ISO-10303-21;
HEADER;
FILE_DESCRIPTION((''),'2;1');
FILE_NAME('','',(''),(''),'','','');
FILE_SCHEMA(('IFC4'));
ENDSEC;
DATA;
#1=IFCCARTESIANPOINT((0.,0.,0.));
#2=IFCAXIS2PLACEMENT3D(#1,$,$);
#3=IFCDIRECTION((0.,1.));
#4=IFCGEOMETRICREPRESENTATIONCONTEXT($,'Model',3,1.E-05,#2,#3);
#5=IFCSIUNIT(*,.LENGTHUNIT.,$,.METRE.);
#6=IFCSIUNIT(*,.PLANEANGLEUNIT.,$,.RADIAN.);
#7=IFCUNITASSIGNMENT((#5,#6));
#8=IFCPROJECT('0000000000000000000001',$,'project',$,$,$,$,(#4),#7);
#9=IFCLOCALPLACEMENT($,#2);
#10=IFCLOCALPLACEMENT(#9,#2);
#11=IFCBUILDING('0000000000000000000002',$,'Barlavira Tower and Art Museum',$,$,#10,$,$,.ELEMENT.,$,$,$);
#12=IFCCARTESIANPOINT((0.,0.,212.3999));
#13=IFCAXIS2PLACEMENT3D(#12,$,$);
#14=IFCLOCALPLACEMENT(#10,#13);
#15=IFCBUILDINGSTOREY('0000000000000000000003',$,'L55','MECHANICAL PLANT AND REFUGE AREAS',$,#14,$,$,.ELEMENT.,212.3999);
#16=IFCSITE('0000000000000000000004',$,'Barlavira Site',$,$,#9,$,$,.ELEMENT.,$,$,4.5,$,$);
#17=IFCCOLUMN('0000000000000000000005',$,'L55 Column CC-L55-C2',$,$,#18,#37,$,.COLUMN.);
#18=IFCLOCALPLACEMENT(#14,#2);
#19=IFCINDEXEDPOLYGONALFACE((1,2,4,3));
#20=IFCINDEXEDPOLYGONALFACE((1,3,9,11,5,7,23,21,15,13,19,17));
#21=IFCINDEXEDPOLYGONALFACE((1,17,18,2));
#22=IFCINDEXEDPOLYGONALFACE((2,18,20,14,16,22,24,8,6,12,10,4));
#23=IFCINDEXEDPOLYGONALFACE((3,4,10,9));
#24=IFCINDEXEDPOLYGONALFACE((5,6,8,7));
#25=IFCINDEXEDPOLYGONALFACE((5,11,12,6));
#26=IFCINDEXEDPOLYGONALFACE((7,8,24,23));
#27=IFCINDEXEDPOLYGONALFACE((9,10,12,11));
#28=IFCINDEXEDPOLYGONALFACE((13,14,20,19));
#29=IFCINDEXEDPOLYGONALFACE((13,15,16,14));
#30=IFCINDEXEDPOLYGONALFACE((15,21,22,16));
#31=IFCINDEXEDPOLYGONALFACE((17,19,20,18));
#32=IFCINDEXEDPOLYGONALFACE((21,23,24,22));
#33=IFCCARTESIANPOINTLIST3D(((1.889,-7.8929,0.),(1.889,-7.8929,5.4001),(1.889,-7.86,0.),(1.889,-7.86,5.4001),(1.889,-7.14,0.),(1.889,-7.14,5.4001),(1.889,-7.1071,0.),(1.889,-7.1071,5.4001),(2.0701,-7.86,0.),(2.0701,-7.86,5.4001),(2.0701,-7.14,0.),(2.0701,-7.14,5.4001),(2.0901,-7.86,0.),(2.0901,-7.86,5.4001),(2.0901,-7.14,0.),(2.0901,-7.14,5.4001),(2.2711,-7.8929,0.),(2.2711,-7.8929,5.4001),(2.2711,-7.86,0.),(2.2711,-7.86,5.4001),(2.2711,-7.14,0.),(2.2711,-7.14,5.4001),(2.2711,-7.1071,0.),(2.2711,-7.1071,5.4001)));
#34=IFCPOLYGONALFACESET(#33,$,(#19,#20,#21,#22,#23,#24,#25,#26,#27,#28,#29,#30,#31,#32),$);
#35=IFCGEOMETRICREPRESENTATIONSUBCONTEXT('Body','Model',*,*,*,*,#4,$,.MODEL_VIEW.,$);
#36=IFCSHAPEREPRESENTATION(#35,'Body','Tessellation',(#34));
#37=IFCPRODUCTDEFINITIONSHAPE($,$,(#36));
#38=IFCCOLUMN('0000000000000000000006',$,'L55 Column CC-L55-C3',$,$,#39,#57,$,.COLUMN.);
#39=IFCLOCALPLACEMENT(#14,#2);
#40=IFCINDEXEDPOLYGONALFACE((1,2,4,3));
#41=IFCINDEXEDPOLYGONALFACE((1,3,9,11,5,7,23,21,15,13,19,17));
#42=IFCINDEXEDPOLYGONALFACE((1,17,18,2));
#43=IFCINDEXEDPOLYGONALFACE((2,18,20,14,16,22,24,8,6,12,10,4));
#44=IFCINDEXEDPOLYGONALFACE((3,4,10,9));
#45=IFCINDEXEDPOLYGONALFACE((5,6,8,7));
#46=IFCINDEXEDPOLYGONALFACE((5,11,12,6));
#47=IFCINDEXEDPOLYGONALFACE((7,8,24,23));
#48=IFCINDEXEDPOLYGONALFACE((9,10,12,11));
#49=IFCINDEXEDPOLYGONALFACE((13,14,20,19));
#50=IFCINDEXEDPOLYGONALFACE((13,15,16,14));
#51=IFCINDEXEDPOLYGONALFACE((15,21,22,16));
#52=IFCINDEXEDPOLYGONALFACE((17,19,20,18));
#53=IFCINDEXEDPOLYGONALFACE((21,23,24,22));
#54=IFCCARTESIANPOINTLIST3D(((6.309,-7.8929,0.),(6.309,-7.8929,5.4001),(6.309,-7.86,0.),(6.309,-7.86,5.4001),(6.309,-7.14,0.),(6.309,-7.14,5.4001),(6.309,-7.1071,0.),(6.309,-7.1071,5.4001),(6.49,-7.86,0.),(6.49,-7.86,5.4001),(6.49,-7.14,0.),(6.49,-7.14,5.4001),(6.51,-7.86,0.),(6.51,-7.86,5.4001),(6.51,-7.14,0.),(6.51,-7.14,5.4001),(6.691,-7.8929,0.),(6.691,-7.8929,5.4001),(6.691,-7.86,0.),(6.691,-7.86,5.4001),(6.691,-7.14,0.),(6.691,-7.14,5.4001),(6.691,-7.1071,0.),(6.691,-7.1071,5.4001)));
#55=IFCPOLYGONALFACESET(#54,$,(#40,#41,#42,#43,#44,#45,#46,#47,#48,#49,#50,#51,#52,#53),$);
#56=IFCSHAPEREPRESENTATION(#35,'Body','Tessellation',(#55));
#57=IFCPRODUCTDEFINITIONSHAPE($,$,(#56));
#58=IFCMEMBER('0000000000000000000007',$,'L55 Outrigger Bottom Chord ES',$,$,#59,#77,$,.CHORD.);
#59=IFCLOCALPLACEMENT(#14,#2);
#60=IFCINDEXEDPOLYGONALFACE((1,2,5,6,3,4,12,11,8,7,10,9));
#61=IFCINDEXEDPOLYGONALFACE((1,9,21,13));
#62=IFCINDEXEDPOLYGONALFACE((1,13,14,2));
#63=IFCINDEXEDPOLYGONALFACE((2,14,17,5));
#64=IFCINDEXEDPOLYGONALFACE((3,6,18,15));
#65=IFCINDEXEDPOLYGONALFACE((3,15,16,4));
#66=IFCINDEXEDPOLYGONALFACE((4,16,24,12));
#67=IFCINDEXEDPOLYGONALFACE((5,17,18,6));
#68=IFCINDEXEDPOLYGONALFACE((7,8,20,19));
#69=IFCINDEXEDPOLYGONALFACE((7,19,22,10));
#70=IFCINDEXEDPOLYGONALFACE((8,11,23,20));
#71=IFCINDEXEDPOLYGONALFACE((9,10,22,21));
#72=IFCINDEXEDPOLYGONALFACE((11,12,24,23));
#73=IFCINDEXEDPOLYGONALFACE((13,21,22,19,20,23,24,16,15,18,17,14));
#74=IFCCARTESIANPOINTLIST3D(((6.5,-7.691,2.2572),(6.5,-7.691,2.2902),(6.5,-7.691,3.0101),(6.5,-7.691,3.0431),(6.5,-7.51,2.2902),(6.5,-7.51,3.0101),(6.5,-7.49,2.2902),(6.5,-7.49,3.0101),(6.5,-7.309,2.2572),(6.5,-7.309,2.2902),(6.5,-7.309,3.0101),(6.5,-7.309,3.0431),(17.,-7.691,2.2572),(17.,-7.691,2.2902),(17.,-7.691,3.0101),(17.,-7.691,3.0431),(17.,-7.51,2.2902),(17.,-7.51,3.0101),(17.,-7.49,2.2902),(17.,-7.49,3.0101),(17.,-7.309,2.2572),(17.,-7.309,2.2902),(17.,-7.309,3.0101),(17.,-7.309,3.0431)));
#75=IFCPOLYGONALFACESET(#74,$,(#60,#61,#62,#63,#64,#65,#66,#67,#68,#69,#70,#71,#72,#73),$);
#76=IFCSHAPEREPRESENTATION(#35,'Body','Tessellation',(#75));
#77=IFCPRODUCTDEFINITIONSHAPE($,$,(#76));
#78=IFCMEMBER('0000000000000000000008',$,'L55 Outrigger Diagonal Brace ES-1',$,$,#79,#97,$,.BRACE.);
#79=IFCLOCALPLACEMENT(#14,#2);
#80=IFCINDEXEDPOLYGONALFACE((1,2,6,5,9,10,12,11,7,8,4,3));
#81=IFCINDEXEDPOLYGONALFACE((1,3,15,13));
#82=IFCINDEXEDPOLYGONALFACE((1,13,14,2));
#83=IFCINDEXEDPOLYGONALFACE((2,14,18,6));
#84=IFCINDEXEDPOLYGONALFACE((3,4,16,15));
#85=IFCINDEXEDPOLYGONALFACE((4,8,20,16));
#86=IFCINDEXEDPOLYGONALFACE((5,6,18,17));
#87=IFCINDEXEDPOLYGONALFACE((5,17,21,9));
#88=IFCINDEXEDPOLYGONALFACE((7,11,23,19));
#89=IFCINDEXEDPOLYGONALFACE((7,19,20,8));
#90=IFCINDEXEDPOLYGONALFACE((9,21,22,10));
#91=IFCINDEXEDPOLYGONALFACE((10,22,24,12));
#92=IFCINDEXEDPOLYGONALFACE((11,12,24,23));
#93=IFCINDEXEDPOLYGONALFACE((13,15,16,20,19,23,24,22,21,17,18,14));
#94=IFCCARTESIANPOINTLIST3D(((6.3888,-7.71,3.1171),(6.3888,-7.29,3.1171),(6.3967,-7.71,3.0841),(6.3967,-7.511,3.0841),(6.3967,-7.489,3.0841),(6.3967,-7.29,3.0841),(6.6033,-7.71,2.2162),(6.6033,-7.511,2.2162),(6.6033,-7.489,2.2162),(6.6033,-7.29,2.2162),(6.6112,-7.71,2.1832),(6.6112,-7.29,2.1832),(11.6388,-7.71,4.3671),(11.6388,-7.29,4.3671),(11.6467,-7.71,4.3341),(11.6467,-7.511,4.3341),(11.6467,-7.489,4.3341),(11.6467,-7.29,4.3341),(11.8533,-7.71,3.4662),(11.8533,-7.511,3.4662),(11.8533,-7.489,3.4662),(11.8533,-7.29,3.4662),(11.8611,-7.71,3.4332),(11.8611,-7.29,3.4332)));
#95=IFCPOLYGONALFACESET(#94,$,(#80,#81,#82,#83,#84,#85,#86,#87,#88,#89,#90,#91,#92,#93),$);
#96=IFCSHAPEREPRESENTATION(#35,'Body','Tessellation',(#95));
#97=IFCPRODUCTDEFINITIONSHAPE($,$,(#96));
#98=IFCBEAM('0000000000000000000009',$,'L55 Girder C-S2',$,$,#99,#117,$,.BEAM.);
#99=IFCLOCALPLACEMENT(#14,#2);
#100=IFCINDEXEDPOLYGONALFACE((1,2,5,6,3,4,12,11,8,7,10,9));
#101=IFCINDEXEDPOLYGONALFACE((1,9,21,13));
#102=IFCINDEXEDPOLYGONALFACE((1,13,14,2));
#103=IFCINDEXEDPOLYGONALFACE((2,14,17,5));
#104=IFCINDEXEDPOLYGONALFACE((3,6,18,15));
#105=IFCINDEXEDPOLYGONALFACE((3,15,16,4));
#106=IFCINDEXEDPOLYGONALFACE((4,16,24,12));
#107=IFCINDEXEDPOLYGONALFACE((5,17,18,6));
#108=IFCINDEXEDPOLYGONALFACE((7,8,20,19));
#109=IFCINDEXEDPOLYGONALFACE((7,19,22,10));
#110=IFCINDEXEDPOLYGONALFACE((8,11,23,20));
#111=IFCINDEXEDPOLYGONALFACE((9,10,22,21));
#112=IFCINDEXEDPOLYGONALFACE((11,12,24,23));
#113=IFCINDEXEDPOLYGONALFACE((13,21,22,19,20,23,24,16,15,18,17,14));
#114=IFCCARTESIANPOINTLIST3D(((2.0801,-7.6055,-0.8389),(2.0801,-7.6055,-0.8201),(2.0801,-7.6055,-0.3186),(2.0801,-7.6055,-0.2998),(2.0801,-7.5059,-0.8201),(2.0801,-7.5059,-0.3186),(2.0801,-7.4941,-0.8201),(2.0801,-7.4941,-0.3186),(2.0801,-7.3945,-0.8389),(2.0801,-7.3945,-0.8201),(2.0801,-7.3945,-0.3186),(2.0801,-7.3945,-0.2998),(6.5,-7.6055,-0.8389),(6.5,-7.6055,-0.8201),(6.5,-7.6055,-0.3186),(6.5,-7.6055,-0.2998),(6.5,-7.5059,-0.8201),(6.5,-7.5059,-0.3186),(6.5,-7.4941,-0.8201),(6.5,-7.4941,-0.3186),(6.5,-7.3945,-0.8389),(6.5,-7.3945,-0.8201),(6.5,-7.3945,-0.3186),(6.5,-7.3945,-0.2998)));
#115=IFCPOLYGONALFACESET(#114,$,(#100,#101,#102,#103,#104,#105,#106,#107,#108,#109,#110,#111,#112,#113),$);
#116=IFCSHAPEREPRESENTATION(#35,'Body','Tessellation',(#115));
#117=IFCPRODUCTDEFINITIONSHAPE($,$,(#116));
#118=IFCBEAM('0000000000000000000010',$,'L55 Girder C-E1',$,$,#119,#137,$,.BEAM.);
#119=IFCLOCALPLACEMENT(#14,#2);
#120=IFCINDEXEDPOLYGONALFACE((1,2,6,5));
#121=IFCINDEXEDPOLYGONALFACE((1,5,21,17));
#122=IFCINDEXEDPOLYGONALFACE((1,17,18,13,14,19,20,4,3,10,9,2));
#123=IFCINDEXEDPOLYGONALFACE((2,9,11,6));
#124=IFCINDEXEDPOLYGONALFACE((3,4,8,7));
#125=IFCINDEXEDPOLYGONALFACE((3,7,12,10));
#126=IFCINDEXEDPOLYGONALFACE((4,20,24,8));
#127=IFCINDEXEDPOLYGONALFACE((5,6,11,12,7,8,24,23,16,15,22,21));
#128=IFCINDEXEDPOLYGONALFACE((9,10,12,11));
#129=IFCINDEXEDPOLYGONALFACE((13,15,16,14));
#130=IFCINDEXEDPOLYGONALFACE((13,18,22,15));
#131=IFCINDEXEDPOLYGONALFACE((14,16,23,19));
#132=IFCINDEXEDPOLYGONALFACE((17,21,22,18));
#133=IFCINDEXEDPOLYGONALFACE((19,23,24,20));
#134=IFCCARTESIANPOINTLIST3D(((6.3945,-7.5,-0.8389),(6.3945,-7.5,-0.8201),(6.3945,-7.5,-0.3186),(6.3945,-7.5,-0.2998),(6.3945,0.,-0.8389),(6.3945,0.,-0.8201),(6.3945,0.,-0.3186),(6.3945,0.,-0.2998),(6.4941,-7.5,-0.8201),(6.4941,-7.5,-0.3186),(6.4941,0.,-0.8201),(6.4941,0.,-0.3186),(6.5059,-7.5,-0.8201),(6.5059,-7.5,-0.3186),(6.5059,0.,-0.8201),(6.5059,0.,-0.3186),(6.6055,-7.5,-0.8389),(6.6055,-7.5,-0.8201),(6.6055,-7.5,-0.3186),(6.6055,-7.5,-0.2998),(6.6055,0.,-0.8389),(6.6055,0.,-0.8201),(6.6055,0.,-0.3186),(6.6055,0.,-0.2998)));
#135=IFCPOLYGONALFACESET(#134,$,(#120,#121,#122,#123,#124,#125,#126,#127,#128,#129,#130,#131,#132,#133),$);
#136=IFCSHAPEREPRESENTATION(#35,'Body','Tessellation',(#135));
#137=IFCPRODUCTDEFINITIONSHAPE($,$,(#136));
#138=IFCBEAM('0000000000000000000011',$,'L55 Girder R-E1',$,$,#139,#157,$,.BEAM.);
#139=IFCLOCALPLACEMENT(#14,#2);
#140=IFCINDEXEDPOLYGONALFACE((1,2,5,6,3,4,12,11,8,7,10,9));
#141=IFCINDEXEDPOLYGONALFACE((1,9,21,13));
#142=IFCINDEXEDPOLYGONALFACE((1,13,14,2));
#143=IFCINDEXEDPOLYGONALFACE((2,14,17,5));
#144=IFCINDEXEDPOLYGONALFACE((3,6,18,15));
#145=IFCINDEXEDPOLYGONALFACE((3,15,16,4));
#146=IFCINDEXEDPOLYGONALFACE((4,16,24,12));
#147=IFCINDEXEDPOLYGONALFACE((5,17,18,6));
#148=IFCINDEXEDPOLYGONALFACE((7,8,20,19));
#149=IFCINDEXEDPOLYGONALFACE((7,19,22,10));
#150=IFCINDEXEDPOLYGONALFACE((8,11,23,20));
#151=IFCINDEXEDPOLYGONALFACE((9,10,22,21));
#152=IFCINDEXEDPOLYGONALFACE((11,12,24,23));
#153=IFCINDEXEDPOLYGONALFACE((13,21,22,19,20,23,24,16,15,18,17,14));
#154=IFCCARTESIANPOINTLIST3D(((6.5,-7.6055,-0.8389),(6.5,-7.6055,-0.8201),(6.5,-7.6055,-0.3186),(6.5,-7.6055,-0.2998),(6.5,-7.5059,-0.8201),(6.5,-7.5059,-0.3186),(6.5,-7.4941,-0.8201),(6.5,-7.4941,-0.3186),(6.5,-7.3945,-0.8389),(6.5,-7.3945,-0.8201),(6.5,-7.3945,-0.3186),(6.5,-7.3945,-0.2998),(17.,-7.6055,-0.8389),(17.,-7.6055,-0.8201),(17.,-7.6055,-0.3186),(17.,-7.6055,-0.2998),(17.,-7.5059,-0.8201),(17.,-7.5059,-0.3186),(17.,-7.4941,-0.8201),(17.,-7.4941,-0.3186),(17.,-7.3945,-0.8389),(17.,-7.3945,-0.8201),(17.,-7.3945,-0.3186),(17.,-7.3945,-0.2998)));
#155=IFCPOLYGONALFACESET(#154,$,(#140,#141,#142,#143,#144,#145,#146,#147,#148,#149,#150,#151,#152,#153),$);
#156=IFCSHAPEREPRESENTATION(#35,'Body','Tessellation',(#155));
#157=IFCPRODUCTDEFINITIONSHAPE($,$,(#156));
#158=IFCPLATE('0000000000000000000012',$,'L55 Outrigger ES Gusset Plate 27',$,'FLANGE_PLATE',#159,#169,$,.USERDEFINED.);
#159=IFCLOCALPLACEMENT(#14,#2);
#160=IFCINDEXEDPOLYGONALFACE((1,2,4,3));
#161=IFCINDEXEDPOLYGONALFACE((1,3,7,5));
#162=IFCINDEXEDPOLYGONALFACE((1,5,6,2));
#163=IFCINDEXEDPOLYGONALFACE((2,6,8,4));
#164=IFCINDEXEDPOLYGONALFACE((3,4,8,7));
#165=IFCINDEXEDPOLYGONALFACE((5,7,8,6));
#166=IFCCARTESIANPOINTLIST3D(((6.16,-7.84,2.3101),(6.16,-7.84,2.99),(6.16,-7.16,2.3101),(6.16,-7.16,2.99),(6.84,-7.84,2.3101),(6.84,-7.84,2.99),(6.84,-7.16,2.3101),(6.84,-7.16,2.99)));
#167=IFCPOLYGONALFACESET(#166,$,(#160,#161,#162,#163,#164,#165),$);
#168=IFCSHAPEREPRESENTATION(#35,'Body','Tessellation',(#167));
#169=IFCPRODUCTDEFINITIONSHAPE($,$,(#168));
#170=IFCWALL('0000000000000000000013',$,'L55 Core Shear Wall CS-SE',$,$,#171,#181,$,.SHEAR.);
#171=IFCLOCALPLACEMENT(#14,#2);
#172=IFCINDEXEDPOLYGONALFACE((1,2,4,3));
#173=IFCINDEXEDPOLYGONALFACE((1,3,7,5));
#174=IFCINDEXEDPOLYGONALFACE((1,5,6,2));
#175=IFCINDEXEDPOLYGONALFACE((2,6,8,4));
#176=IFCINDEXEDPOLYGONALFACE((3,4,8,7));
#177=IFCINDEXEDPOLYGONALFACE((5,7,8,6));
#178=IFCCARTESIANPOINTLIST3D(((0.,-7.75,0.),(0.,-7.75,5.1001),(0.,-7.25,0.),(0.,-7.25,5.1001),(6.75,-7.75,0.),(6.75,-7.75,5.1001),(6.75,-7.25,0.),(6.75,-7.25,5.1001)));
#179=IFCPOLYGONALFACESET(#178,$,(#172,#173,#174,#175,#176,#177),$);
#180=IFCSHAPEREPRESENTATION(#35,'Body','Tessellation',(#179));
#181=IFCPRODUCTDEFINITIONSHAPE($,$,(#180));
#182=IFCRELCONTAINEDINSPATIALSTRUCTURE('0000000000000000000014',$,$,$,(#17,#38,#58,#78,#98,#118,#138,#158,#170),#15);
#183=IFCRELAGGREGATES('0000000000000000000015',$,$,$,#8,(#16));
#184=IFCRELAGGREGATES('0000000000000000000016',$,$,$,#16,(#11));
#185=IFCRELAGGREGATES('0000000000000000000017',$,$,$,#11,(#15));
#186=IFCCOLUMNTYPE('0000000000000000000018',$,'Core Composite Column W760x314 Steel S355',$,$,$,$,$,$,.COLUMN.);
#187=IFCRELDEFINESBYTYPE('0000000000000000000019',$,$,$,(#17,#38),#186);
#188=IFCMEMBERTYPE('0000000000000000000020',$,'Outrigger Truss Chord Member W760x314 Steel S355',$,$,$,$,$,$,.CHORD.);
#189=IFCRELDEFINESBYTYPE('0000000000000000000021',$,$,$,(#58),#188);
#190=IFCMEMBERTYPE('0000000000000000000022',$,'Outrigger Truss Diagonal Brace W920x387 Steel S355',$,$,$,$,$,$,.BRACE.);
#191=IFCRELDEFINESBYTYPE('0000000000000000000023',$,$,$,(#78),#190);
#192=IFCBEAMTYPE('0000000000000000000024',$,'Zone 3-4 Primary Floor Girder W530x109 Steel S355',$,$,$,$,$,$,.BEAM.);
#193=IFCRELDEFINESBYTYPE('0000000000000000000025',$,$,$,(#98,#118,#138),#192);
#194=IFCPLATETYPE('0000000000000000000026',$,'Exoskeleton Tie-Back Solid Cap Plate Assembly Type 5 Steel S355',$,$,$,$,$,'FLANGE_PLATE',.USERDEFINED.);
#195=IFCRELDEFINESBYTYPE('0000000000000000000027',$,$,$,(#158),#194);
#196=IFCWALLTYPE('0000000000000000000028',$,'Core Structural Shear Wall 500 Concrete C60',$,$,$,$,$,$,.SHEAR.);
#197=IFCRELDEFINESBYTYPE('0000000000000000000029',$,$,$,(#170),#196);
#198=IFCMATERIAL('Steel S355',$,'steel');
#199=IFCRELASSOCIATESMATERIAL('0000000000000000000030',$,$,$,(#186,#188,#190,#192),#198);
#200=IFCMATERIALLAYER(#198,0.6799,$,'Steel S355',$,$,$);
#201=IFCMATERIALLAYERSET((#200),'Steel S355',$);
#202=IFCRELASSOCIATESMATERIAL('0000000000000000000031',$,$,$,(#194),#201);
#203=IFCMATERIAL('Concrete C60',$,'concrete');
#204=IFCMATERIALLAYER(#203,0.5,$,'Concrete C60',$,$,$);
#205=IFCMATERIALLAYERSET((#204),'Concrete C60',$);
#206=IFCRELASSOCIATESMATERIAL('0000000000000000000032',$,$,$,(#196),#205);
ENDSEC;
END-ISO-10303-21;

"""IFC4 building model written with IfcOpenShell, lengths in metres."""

from ifc_helpers import new_model, si_unit, direction, frame, frame_2d, origin, origin_2d, place, context, subcontext, project, spatial, rectangle, i_section, extrude, material, layer, layer_set, material_profile, profile_set, type_object, element, save


model = new_model("IFC4")

# Units and contexts
model_context = context("Model", 3, precision=1e-05, world=origin(), true_north=direction((0.0, 1.0)))
body_context = subcontext(model_context, "Body", "Model", "MODEL_VIEW")
ifc_project = project(units=[si_unit("LENGTHUNIT", "METRE"), si_unit("PLANEANGLEUNIT", "RADIAN")], contexts=[model_context])

# Site, building, storey
site_placement = place(None, origin())
site = spatial("IfcSite", under=ifc_project, at=site_placement, Name="Barlavira Site", CompositionType="ELEMENT", RefElevation=4.5)
building_placement = place(site_placement, origin())
building = spatial("IfcBuilding", under=site, at=building_placement, Name="Barlavira Tower and Art Museum", CompositionType="ELEMENT")
storey_placement = place(building_placement, frame((0.0, 0.0, 212.3999)))
storey = spatial("IfcBuildingStorey", under=building, at=storey_placement, Name="L55", Description="MECHANICAL PLANT AND REFUGE AREAS", CompositionType="ELEMENT", Elevation=212.3999)

# Columns
ifc_material_1 = material(Name="Steel S355", Category="steel")
ifc_material_profile_1 = material_profile(ifc_material_1, i_section(OverallWidth=0.3821, OverallDepth=0.7859, WebThickness=0.02, FlangeThickness=0.033, at=origin_2d()), Name="W760x314.0")
ifc_profile_set_1 = profile_set([ifc_material_profile_1], Name="Steel S355")
column_type = type_object("IfcColumnType", Name="Core Composite Column W760x314 Steel S355", PredefinedType="COLUMN", material=ifc_profile_set_1)
for number, where, z_axis, x_axis, name in (
    (1, (2.0801, -7.5, 0.0), (0.0, 0.0, 1.0), (1.0, 0.0, 0.0), "L55 Column CC-L55-C2"),
    (2, (6.5, -7.5, 0.0), (0.0, 0.0, 1.0), (1.0, 0.0, 0.0), "L55 Column CC-L55-C3"),
):
    element("IfcColumn", number, at=place(storey_placement, frame(where, z_axis=z_axis, x_axis=x_axis)), inside=storey, type_object=column_type, Name=name, PredefinedType="COLUMN", context=body_context, shape_type="SweptSolid", body=[
        extrude(i_section(OverallWidth=0.3821, OverallDepth=0.7859, WebThickness=0.02, FlangeThickness=0.033, at=origin_2d()), origin(), (0.0, 0.0, 1.0), 5.4001),
    ])

# Members
ifc_material_profile_2 = material_profile(ifc_material_1, i_section(OverallWidth=0.3821, OverallDepth=0.7859, WebThickness=0.02, FlangeThickness=0.033, at=origin_2d()), Name="W760x314.0")
ifc_profile_set_2 = profile_set([ifc_material_profile_2], Name="Steel S355")
member_type_1 = type_object("IfcMemberType", Name="Outrigger Truss Chord Member W760x314 Steel S355", PredefinedType="CHORD", material=ifc_profile_set_2)
member_1_placement = place(storey_placement, frame((6.5, -7.5, 2.6501), z_axis=(1.0, 0.0, 0.0), x_axis=(0.0, 1.0, 0.0)))
element("IfcMember", 3, at=member_1_placement, inside=storey, type_object=member_type_1, Name="L55 Outrigger Bottom Chord ES", PredefinedType="CHORD", context=body_context, shape_type="SweptSolid", body=[
    extrude(i_section(OverallWidth=0.3821, OverallDepth=0.7859, WebThickness=0.02, FlangeThickness=0.033, at=origin_2d()), origin(), (0.0, 0.0, 1.0), 10.5),
])
ifc_material_profile_3 = material_profile(ifc_material_1, i_section(OverallWidth=0.4199, OverallDepth=0.96, WebThickness=0.022, FlangeThickness=0.0339, at=origin_2d()), Name="W920x387.0")
ifc_profile_set_3 = profile_set([ifc_material_profile_3], Name="Steel S355")
member_type_2 = type_object("IfcMemberType", Name="Outrigger Truss Diagonal Brace W920x387 Steel S355", PredefinedType="BRACE", material=ifc_profile_set_3)
member_2_placement = place(storey_placement, frame((6.5, -7.5, 2.6501), z_axis=(0.972806, 0.0, 0.231621), x_axis=(0.0, 1.0, 0.0)))
element("IfcMember", 4, at=member_2_placement, inside=storey, type_object=member_type_2, Name="L55 Outrigger Diagonal Brace ES-1", PredefinedType="BRACE", context=body_context, shape_type="SweptSolid", body=[
    extrude(i_section(OverallWidth=0.4199, OverallDepth=0.96, WebThickness=0.022, FlangeThickness=0.0339, at=origin_2d()), origin(), (0.0, 0.0, 1.0), 5.3967),
])

# Beams
ifc_material_profile_4 = material_profile(ifc_material_1, i_section(OverallWidth=0.2109, OverallDepth=0.5391, WebThickness=0.0117, FlangeThickness=0.0188, at=origin_2d()), Name="W530x109.0")
ifc_profile_set_4 = profile_set([ifc_material_profile_4], Name="Steel S355")
beam_type = type_object("IfcBeamType", Name="Zone 3-4 Primary Floor Girder W530x109 Steel S355", PredefinedType="BEAM", material=ifc_profile_set_4)
beam_1_placement = place(storey_placement, frame((2.0801, -7.5, -0.5693), z_axis=(1.0, 0.0, 0.0), x_axis=(0.0, 1.0, 0.0)))
element("IfcBeam", 5, at=beam_1_placement, inside=storey, type_object=beam_type, Name="L55 Girder C-S2", PredefinedType="BEAM", context=body_context, shape_type="SweptSolid", body=[
    extrude(i_section(OverallWidth=0.2109, OverallDepth=0.5391, WebThickness=0.0117, FlangeThickness=0.0188, at=origin_2d()), origin(), (0.0, 0.0, 1.0), 4.4199),
])
beam_2_placement = place(storey_placement, frame((6.5, -7.5, -0.5693), z_axis=(0.0, 1.0, 0.0), x_axis=(-1.0, 0.0, 0.0)))
element("IfcBeam", 6, at=beam_2_placement, inside=storey, type_object=beam_type, Name="L55 Girder C-E1", PredefinedType="BEAM", context=body_context, shape_type="SweptSolid", body=[
    extrude(i_section(OverallWidth=0.2109, OverallDepth=0.5391, WebThickness=0.0117, FlangeThickness=0.0188, at=origin_2d()), origin(), (0.0, 0.0, 1.0), 7.5),
])
beam_3_placement = place(storey_placement, frame((6.5, -7.5, -0.5693), z_axis=(1.0, 0.0, 0.0), x_axis=(0.0, 1.0, 0.0)))
element("IfcBeam", 7, at=beam_3_placement, inside=storey, type_object=beam_type, Name="L55 Girder R-E1", PredefinedType="BEAM", context=body_context, shape_type="SweptSolid", body=[
    extrude(i_section(OverallWidth=0.2109, OverallDepth=0.5391, WebThickness=0.0117, FlangeThickness=0.0188, at=origin_2d()), origin(), (0.0, 0.0, 1.0), 10.5),
])

# Plate
ifc_layer_1 = layer(ifc_material_1, 0.6799, Name="Steel S355")
ifc_layer_set_1 = layer_set([ifc_layer_1], Name="Steel S355")
plate_type = type_object("IfcPlateType", Name="Exoskeleton Tie-Back Solid Cap Plate Assembly Type 5 Steel S355", ElementType="FLANGE_PLATE", PredefinedType="USERDEFINED", material=ifc_layer_set_1)
plate_placement = place(storey_placement, frame((6.5, -7.5, 2.3101), z_axis=(0.0, 0.0, 1.0), x_axis=(1.0, 0.0, 0.0)))
element("IfcPlate", 8, at=plate_placement, inside=storey, type_object=plate_type, Name="L55 Outrigger ES Gusset Plate 27", ObjectType="FLANGE_PLATE", PredefinedType="USERDEFINED", context=body_context, shape_type="SweptSolid", body=[
    extrude(rectangle(XDim=0.6799, YDim=0.6799, at=origin_2d()), origin(), (0.0, 0.0, 1.0), 0.6799),
])

# Wall
ifc_material_2 = material(Name="Concrete C60", Category="concrete")
ifc_layer_2 = layer(ifc_material_2, 0.5, Name="Concrete C60")
ifc_layer_set_2 = layer_set([ifc_layer_2], Name="Concrete C60")
wall_type_1 = type_object("IfcWallType", Name="Core Structural Shear Wall 500 Concrete C60", PredefinedType="SHEAR", material=ifc_layer_set_2)
wall_1_placement = place(storey_placement, frame((0.0, -7.5, 0.0), z_axis=(0.0, 0.0, 1.0), x_axis=(1.0, 0.0, 0.0)))
element("IfcWall", 9, at=wall_1_placement, inside=storey, type_object=wall_type_1, Name="L55 Core Shear Wall CS-SE", PredefinedType="SHEAR", context=body_context, shape_type="SweptSolid", body=[
    extrude(rectangle(XDim=6.75, YDim=0.5, at=frame_2d((3.375, 0.0))), origin(), (0.0, 0.0, 1.0), 5.1001),
])

save(model, "model.ifc")
